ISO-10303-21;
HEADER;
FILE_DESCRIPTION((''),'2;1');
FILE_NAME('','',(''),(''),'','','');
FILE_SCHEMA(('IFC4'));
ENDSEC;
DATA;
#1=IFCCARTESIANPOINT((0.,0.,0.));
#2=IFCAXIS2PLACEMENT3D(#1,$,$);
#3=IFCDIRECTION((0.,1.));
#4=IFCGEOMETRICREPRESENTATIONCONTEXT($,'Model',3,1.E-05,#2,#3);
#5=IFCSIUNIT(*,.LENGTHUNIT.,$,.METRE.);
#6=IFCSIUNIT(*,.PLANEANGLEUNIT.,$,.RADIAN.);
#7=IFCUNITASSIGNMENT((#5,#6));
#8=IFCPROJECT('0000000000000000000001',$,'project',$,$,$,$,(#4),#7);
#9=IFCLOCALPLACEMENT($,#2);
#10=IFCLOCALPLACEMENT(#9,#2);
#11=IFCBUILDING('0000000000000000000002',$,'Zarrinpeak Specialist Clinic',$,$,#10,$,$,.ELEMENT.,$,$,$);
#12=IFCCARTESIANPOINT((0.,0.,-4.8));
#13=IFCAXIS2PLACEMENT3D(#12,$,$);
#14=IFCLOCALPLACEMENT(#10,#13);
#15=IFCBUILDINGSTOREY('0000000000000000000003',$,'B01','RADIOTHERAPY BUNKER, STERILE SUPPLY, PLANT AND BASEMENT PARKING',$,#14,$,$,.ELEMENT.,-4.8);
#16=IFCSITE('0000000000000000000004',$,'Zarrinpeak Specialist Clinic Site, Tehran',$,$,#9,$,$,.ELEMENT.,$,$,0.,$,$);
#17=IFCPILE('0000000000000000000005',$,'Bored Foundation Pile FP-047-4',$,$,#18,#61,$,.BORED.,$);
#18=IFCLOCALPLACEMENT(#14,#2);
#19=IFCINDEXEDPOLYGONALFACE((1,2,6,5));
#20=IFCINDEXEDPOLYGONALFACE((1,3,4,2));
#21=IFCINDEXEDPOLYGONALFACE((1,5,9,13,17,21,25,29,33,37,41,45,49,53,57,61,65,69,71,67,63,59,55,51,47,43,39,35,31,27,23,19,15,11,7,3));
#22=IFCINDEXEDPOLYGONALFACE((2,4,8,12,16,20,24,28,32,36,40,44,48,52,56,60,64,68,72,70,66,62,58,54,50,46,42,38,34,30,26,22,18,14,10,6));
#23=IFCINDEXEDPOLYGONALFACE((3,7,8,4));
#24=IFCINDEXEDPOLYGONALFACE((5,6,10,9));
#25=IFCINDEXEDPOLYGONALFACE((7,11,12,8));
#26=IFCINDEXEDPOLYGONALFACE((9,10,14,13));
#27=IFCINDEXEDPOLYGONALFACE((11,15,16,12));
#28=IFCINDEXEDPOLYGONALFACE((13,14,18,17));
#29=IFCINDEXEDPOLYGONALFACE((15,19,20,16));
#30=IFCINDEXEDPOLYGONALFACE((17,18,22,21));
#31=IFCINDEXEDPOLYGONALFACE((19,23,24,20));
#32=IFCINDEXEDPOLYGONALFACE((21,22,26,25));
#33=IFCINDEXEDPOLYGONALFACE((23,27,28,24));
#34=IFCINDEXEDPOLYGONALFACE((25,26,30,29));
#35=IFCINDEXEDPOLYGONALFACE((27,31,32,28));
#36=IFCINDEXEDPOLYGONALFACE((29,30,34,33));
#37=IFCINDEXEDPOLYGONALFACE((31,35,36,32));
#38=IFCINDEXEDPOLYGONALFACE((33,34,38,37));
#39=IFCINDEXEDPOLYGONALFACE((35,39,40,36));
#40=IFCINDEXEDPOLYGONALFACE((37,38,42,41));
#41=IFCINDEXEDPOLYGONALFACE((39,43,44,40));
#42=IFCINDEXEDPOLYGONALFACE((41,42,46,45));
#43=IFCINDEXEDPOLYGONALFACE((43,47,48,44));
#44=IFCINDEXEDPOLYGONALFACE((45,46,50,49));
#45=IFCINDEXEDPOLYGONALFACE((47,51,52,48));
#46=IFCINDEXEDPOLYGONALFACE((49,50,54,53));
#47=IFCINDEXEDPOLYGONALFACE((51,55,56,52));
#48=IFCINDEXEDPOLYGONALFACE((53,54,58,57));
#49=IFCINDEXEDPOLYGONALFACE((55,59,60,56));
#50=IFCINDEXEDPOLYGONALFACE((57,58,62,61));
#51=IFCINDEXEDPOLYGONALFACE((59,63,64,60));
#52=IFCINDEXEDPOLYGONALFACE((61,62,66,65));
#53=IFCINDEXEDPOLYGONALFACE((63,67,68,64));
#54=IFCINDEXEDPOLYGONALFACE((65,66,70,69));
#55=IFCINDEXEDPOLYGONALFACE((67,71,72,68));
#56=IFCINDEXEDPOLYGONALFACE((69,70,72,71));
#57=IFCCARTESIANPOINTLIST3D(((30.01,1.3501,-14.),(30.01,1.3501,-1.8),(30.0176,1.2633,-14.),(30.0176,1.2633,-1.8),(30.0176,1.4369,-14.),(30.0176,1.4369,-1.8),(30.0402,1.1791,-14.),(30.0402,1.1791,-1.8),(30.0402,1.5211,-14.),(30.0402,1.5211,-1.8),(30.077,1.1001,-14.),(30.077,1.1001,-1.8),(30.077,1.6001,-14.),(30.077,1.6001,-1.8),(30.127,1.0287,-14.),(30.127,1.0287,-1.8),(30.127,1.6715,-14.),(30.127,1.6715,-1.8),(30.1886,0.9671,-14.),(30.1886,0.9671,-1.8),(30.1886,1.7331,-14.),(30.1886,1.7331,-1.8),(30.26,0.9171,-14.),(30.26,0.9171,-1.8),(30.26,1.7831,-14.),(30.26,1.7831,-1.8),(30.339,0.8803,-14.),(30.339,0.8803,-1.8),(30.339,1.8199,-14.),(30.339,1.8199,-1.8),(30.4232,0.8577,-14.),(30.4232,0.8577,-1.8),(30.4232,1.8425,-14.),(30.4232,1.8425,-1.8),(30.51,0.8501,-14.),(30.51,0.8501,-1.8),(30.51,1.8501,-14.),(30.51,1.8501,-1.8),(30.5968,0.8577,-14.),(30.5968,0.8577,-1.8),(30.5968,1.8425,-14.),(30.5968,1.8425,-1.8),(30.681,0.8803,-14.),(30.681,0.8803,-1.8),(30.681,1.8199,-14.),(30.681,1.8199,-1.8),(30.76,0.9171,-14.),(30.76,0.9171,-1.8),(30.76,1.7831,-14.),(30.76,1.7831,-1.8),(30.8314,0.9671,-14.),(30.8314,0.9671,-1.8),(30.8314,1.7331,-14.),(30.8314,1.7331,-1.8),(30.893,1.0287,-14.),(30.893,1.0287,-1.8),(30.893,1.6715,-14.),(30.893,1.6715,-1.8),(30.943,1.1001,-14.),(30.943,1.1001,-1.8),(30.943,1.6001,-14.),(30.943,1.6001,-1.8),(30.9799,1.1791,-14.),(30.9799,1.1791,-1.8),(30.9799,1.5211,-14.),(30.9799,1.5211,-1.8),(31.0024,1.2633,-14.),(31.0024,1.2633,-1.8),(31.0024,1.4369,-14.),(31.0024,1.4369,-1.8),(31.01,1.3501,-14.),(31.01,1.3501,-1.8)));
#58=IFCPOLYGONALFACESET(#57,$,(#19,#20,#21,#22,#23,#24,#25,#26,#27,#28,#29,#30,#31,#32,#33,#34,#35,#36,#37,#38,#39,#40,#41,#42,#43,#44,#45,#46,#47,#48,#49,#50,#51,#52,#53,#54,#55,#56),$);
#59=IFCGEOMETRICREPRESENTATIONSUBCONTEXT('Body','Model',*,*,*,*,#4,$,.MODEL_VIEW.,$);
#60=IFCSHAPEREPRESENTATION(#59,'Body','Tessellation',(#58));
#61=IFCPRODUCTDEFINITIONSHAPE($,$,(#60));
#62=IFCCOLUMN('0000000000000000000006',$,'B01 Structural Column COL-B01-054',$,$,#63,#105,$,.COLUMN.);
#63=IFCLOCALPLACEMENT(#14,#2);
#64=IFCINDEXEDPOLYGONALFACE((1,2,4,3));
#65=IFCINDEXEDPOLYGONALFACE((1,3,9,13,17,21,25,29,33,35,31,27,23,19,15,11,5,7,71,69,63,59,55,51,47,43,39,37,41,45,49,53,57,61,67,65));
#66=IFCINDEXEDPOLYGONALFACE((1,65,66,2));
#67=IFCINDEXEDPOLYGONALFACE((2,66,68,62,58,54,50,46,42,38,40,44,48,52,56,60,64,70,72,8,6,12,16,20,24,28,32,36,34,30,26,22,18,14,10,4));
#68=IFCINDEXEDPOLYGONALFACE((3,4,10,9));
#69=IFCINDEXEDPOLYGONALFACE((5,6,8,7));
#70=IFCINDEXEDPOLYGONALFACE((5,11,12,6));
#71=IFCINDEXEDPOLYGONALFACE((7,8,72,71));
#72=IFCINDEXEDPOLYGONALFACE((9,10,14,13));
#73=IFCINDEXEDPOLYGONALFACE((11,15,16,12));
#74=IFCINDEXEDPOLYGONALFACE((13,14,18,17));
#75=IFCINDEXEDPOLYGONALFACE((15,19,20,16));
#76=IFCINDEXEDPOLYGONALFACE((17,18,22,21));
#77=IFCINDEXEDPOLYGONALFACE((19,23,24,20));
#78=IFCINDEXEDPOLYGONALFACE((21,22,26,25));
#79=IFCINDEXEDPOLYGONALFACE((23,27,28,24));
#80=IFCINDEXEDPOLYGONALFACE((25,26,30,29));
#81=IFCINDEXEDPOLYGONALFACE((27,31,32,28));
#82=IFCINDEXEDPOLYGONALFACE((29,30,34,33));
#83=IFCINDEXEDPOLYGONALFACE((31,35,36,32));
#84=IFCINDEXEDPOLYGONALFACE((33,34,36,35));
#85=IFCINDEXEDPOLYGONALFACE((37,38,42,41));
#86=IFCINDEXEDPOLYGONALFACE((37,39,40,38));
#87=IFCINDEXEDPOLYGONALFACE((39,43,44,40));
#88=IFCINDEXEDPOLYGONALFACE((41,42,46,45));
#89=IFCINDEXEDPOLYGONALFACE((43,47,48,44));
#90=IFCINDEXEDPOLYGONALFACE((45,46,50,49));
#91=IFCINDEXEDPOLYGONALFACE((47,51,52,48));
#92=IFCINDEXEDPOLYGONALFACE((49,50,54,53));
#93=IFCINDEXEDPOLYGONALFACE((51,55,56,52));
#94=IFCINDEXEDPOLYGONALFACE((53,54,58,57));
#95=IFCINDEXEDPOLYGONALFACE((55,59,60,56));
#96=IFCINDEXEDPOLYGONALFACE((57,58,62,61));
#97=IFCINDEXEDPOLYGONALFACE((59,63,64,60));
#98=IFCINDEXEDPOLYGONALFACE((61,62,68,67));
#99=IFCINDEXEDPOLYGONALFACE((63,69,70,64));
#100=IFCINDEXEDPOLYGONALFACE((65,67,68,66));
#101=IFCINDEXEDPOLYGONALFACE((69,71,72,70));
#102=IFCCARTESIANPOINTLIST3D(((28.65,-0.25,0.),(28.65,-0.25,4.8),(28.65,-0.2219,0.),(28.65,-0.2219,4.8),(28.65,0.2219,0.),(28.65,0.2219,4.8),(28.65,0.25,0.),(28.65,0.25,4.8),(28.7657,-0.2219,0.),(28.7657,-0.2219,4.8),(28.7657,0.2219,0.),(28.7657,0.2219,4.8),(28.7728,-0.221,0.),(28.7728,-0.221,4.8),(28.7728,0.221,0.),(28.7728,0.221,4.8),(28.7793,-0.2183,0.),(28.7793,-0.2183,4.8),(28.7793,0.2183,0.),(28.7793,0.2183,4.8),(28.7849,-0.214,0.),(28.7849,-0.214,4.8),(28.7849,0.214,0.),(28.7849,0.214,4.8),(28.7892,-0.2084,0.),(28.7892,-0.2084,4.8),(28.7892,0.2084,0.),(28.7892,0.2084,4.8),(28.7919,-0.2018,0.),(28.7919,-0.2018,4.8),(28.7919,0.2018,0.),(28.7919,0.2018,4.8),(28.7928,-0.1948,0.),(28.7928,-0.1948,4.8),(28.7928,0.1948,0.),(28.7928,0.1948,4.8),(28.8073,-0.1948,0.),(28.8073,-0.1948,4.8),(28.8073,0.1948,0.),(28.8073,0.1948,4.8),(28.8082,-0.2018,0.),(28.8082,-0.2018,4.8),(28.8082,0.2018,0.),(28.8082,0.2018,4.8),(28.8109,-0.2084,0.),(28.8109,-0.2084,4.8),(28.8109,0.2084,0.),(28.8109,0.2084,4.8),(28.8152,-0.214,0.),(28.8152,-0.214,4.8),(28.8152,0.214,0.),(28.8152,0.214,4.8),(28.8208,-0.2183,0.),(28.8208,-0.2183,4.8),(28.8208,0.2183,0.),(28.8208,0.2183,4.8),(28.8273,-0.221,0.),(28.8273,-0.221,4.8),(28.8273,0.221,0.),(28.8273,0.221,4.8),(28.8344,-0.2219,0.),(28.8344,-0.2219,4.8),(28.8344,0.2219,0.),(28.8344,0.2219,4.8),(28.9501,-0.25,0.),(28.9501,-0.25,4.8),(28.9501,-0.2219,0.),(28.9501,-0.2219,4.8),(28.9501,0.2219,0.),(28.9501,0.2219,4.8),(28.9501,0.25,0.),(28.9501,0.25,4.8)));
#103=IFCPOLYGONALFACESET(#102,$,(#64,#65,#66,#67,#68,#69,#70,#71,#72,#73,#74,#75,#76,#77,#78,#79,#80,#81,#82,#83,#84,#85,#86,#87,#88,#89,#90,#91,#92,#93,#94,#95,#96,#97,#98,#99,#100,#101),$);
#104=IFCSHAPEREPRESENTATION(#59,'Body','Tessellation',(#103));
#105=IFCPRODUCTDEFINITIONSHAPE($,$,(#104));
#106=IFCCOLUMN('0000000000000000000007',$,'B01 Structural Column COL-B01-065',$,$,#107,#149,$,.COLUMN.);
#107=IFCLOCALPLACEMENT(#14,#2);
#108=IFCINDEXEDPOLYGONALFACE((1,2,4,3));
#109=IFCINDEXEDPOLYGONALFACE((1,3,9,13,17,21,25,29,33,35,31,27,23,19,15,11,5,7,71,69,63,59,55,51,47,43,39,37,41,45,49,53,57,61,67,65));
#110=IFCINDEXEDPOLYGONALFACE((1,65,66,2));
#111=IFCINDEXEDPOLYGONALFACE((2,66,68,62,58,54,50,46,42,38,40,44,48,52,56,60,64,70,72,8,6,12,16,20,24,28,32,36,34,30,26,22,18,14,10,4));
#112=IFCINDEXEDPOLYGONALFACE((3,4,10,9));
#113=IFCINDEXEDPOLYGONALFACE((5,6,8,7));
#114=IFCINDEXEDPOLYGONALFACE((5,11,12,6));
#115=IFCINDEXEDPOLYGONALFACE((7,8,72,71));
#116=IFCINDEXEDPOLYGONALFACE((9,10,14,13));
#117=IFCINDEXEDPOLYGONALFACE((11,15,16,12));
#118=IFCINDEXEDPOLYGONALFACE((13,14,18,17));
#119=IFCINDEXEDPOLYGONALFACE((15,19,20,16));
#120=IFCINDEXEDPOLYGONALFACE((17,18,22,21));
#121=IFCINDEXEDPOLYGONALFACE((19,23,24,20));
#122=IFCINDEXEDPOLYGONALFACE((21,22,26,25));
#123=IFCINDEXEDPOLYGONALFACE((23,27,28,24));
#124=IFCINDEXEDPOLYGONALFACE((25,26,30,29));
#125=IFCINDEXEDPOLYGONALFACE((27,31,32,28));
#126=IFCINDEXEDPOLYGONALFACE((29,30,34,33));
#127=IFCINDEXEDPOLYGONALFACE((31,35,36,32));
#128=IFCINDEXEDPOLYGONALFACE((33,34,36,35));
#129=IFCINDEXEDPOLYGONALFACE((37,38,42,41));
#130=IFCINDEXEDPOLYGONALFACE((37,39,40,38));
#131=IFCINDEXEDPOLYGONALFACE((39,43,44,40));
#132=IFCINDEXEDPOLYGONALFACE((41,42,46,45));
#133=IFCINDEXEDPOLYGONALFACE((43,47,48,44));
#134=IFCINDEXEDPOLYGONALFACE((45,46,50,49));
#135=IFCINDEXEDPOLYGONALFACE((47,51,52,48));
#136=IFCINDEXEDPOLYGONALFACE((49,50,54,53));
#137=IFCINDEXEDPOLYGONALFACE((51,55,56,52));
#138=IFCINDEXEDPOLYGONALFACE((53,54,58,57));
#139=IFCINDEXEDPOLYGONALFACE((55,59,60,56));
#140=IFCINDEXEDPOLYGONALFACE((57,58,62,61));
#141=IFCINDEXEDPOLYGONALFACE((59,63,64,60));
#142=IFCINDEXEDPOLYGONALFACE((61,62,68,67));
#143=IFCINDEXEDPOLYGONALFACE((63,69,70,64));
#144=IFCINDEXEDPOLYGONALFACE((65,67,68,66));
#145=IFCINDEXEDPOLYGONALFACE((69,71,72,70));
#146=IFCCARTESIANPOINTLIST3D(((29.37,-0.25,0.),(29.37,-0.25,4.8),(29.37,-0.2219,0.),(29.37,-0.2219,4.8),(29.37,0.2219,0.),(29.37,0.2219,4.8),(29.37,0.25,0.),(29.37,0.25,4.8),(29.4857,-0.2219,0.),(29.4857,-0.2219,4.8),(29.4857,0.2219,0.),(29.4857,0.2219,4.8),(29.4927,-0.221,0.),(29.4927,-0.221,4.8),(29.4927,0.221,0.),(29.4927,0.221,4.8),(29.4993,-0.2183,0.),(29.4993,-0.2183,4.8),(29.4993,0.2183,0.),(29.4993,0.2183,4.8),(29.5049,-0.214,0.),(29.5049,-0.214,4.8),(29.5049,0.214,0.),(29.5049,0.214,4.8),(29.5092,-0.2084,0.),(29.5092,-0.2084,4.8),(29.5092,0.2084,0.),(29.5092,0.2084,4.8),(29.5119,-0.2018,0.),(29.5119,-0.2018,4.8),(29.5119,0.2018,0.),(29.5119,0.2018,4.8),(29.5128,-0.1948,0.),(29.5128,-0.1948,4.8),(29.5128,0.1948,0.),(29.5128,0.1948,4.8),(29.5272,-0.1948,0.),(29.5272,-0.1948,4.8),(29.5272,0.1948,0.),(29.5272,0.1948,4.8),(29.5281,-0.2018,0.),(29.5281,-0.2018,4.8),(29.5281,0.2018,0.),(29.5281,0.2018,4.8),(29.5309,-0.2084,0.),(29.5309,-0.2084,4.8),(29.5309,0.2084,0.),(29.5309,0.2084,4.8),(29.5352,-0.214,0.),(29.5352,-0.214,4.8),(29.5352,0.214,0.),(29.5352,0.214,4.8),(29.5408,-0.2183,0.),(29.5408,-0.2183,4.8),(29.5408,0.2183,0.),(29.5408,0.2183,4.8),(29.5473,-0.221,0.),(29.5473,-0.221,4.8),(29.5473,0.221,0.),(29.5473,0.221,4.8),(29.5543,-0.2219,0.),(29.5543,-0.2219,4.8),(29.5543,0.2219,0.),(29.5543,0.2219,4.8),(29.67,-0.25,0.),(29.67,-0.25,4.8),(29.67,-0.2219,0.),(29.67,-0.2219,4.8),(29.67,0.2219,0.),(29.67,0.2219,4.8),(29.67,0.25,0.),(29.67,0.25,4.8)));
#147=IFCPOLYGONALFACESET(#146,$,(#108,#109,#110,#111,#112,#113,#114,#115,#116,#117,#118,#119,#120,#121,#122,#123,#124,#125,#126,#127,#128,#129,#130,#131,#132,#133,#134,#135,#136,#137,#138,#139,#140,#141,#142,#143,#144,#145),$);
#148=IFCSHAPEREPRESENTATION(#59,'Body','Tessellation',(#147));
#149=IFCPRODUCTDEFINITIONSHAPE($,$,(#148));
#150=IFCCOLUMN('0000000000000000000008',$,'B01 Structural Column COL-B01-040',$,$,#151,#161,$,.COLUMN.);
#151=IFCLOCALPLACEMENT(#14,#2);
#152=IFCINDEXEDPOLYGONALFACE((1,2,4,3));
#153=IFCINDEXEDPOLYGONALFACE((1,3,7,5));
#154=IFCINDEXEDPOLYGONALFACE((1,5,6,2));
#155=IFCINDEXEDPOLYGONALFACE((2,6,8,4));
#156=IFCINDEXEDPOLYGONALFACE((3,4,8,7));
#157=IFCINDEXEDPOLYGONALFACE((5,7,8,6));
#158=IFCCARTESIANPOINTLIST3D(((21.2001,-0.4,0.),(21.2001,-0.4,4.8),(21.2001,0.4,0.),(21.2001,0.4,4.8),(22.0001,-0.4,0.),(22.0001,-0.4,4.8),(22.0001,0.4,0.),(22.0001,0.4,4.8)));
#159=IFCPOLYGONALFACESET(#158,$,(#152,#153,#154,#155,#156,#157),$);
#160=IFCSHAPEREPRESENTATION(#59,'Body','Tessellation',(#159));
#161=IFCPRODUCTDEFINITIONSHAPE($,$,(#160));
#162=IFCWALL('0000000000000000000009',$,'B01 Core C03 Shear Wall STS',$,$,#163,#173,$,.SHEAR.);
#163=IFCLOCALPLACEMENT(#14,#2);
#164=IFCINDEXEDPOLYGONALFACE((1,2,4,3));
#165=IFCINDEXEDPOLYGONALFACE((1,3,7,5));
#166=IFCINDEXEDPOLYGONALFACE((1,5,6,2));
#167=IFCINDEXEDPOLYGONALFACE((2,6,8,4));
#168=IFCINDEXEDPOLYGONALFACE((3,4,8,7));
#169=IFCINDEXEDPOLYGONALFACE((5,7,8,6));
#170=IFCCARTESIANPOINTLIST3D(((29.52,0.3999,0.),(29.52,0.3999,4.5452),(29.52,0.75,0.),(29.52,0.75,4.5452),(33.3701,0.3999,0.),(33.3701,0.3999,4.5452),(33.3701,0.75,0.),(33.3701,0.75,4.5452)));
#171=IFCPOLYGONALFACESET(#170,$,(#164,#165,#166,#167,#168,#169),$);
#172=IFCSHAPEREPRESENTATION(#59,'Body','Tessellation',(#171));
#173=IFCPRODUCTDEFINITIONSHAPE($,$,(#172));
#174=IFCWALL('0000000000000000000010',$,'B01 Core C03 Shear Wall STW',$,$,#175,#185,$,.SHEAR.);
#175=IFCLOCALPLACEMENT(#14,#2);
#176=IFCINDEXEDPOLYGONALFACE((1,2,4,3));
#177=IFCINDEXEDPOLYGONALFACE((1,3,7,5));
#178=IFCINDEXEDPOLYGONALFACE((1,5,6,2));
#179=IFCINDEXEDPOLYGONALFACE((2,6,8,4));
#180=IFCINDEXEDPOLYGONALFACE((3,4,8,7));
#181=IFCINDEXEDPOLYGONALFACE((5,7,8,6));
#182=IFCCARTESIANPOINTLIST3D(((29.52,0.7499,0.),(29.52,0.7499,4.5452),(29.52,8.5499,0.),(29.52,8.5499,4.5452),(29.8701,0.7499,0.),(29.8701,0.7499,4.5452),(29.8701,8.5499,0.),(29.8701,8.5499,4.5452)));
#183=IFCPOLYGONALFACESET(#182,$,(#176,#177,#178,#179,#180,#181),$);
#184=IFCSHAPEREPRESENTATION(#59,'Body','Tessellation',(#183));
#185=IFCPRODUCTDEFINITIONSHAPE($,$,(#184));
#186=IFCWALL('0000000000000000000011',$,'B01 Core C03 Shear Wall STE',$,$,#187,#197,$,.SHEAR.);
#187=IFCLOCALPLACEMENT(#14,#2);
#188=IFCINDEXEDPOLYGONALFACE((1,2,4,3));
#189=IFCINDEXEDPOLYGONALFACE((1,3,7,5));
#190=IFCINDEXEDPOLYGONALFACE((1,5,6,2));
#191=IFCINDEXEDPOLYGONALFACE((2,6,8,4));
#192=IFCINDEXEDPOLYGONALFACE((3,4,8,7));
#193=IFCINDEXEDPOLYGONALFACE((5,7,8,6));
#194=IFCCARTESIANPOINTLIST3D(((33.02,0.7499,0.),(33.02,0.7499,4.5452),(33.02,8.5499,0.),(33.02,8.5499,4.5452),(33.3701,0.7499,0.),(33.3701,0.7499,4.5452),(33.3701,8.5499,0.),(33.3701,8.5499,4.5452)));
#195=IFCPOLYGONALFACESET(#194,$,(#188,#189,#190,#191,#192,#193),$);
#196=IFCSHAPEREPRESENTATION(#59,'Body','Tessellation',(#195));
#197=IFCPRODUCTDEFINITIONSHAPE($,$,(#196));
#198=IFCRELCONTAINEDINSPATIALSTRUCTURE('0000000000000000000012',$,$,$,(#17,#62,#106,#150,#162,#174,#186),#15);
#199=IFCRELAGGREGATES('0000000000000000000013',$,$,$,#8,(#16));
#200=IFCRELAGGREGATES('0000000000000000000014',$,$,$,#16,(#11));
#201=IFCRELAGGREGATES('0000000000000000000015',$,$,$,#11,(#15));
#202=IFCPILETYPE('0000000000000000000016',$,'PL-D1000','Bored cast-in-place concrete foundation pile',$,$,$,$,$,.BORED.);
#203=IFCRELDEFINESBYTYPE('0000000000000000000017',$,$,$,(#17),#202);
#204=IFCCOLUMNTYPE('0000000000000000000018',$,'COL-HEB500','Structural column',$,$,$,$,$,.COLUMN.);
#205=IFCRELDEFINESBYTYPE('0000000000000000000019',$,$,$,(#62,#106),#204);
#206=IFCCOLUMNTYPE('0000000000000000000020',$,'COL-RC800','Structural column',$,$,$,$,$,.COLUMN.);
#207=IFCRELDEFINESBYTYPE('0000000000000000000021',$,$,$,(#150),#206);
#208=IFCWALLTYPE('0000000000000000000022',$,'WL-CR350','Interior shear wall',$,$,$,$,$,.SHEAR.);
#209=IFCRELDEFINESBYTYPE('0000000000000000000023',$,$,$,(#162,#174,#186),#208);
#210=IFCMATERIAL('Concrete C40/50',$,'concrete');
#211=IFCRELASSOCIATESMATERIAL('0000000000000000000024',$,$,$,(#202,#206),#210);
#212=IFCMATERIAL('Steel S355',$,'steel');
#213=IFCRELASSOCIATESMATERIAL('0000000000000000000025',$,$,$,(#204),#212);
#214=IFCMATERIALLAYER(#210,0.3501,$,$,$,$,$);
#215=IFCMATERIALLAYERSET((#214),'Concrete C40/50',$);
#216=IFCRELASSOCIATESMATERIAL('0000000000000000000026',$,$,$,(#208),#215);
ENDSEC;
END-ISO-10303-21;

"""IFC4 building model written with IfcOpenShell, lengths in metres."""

from ifc_helpers import new_model, si_unit, direction, frame, frame_2d, origin, origin_2d, place, context, subcontext, project, spatial, rectangle, circle, i_section, extrude, material, layer, layer_set, material_profile, profile_set, type_object, element, save


model = new_model("IFC4")

# Units and contexts
model_context = context("Model", 3, precision=1e-05, world=origin(), true_north=direction((0.0, 1.0)))
body_context = subcontext(model_context, "Body", "Model", "MODEL_VIEW")
ifc_project = project(units=[si_unit("LENGTHUNIT", "METRE"), si_unit("PLANEANGLEUNIT", "RADIAN")], contexts=[model_context])

# Site, building, storey
site_placement = place(None, origin())
site = spatial("IfcSite", under=ifc_project, at=site_placement, Name="Zarrinpeak Specialist Clinic Site, Tehran", CompositionType="ELEMENT", RefElevation=0.0)
building_placement = place(site_placement, origin())
building = spatial("IfcBuilding", under=site, at=building_placement, Name="Zarrinpeak Specialist Clinic", CompositionType="ELEMENT")
storey_placement = place(building_placement, frame((0.0, 0.0, -4.8)))
storey = spatial("IfcBuildingStorey", under=building, at=storey_placement, Name="B01", Description="RADIOTHERAPY BUNKER, STERILE SUPPLY, PLANT AND BASEMENT PARKING", CompositionType="ELEMENT", Elevation=-4.8)

# Shared definitions
ifc_material_1 = material(Name="Concrete C40/50", Category="concrete")

# Pile
ifc_material_profile_1 = material_profile(ifc_material_1, circle(Radius=0.5, at=origin_2d()), Name="BORED PILE D1000")
ifc_profile_set_1 = profile_set([ifc_material_profile_1], Name="Concrete C40/50")
pile_type = type_object("IfcPileType", Name="PL-D1000", Description="Bored cast-in-place concrete foundation pile", PredefinedType="BORED", material=ifc_profile_set_1)
for number, where, z_axis, x_axis, name in (
    (1, (30.51, 1.3501, -1.8), (0.0, 0.0, -1.0), (1.0, 0.0, 0.0), "Bored Foundation Pile FP-047-4"),
):
    element("IfcPile", number, at=place(storey_placement, frame(where, z_axis=z_axis, x_axis=x_axis)), inside=storey, type_object=pile_type, Name=name, PredefinedType="BORED", context=body_context, shape_type="SweptSolid", body=[
        extrude(circle(Radius=0.5, at=origin_2d()), origin(), (0.0, 0.0, 1.0), 12.2),
    ])

# Columns
ifc_material_2 = material(Name="Steel S355", Category="steel")
ifc_material_profile_2 = material_profile(ifc_material_2, i_section(OverallWidth=0.3, OverallDepth=0.5, WebThickness=0.0144, FlangeThickness=0.0281, FilletRadius=0.0271, at=origin_2d()), Name="HEB 500")
ifc_profile_set_2 = profile_set([ifc_material_profile_2], Name="Steel S355")
column_type_1 = type_object("IfcColumnType", Name="COL-HEB500", Description="Structural column", PredefinedType="COLUMN", material=ifc_profile_set_2)
for number, where, z_axis, x_axis, name in (
    (2, (28.8, 0.0, 0.0), (0.0, 0.0, 1.0), (1.0, 0.0, 0.0), "B01 Structural Column COL-B01-054"),
    (3, (29.52, 0.0, 0.0), (0.0, 0.0, 1.0), (1.0, 0.0, 0.0), "B01 Structural Column COL-B01-065"),
):
    element("IfcColumn", number, at=place(storey_placement, frame(where, z_axis=z_axis, x_axis=x_axis)), inside=storey, type_object=column_type_1, Name=name, PredefinedType="COLUMN", context=body_context, shape_type="SweptSolid", body=[
        extrude(i_section(OverallWidth=0.3, OverallDepth=0.5, WebThickness=0.0144, FlangeThickness=0.0281, FilletRadius=0.0271, at=origin_2d()), origin(), (0.0, 0.0, 1.0), 4.8),
    ])
ifc_material_profile_3 = material_profile(ifc_material_1, rectangle(XDim=0.8, YDim=0.8, at=origin_2d()), Name="RC 800x800")
ifc_profile_set_3 = profile_set([ifc_material_profile_3], Name="Concrete C40/50")
column_type_2 = type_object("IfcColumnType", Name="COL-RC800", Description="Structural column", PredefinedType="COLUMN", material=ifc_profile_set_3)
column_placement = place(storey_placement, frame((21.6001, 0.0, 0.0), z_axis=(0.0, 0.0, 1.0), x_axis=(1.0, 0.0, 0.0)))
element("IfcColumn", 4, at=column_placement, inside=storey, type_object=column_type_2, Name="B01 Structural Column COL-B01-040", PredefinedType="COLUMN", context=body_context, shape_type="SweptSolid", body=[
    extrude(rectangle(XDim=0.8, YDim=0.8, at=origin_2d()), origin(), (0.0, 0.0, 1.0), 4.8),
])

# Walls
ifc_layer_1 = layer(ifc_material_1, 0.3501)
ifc_layer_set_1 = layer_set([ifc_layer_1], Name="Concrete C40/50")
wall_type_1 = type_object("IfcWallType", Name="WL-CR350", Description="Interior shear wall", PredefinedType="SHEAR", material=ifc_layer_set_1)
wall_1_placement = place(storey_placement, frame((29.52, 0.575, 0.0), z_axis=(0.0, 0.0, 1.0), x_axis=(1.0, 0.0, 0.0)))
element("IfcWall", 5, at=wall_1_placement, inside=storey, type_object=wall_type_1, Name="B01 Core C03 Shear Wall STS", PredefinedType="SHEAR", context=body_context, shape_type="SweptSolid", body=[
    extrude(rectangle(XDim=3.8501, YDim=0.3501, at=frame_2d((1.925, 0.0))), origin(), (0.0, 0.0, 1.0), 4.5452),
])
for number, where, z_axis, x_axis, name in (
    (6, (29.6951, 0.75, 0.0), (0.0, 0.0, 1.0), (0.0, 1.0, 0.0), "B01 Core C03 Shear Wall STW"),
    (7, (33.1951, 0.75, 0.0), (0.0, 0.0, 1.0), (0.0, 1.0, 0.0), "B01 Core C03 Shear Wall STE"),
):
    element("IfcWall", number, at=place(storey_placement, frame(where, z_axis=z_axis, x_axis=x_axis)), inside=storey, type_object=wall_type_1, Name=name, PredefinedType="SHEAR", context=body_context, shape_type="SweptSolid", body=[
        extrude(rectangle(XDim=7.8, YDim=0.3501, at=frame_2d((3.8999, 0.0))), origin(), (0.0, 0.0, 1.0), 4.5452),
    ])

save(model, "model.ifc")
